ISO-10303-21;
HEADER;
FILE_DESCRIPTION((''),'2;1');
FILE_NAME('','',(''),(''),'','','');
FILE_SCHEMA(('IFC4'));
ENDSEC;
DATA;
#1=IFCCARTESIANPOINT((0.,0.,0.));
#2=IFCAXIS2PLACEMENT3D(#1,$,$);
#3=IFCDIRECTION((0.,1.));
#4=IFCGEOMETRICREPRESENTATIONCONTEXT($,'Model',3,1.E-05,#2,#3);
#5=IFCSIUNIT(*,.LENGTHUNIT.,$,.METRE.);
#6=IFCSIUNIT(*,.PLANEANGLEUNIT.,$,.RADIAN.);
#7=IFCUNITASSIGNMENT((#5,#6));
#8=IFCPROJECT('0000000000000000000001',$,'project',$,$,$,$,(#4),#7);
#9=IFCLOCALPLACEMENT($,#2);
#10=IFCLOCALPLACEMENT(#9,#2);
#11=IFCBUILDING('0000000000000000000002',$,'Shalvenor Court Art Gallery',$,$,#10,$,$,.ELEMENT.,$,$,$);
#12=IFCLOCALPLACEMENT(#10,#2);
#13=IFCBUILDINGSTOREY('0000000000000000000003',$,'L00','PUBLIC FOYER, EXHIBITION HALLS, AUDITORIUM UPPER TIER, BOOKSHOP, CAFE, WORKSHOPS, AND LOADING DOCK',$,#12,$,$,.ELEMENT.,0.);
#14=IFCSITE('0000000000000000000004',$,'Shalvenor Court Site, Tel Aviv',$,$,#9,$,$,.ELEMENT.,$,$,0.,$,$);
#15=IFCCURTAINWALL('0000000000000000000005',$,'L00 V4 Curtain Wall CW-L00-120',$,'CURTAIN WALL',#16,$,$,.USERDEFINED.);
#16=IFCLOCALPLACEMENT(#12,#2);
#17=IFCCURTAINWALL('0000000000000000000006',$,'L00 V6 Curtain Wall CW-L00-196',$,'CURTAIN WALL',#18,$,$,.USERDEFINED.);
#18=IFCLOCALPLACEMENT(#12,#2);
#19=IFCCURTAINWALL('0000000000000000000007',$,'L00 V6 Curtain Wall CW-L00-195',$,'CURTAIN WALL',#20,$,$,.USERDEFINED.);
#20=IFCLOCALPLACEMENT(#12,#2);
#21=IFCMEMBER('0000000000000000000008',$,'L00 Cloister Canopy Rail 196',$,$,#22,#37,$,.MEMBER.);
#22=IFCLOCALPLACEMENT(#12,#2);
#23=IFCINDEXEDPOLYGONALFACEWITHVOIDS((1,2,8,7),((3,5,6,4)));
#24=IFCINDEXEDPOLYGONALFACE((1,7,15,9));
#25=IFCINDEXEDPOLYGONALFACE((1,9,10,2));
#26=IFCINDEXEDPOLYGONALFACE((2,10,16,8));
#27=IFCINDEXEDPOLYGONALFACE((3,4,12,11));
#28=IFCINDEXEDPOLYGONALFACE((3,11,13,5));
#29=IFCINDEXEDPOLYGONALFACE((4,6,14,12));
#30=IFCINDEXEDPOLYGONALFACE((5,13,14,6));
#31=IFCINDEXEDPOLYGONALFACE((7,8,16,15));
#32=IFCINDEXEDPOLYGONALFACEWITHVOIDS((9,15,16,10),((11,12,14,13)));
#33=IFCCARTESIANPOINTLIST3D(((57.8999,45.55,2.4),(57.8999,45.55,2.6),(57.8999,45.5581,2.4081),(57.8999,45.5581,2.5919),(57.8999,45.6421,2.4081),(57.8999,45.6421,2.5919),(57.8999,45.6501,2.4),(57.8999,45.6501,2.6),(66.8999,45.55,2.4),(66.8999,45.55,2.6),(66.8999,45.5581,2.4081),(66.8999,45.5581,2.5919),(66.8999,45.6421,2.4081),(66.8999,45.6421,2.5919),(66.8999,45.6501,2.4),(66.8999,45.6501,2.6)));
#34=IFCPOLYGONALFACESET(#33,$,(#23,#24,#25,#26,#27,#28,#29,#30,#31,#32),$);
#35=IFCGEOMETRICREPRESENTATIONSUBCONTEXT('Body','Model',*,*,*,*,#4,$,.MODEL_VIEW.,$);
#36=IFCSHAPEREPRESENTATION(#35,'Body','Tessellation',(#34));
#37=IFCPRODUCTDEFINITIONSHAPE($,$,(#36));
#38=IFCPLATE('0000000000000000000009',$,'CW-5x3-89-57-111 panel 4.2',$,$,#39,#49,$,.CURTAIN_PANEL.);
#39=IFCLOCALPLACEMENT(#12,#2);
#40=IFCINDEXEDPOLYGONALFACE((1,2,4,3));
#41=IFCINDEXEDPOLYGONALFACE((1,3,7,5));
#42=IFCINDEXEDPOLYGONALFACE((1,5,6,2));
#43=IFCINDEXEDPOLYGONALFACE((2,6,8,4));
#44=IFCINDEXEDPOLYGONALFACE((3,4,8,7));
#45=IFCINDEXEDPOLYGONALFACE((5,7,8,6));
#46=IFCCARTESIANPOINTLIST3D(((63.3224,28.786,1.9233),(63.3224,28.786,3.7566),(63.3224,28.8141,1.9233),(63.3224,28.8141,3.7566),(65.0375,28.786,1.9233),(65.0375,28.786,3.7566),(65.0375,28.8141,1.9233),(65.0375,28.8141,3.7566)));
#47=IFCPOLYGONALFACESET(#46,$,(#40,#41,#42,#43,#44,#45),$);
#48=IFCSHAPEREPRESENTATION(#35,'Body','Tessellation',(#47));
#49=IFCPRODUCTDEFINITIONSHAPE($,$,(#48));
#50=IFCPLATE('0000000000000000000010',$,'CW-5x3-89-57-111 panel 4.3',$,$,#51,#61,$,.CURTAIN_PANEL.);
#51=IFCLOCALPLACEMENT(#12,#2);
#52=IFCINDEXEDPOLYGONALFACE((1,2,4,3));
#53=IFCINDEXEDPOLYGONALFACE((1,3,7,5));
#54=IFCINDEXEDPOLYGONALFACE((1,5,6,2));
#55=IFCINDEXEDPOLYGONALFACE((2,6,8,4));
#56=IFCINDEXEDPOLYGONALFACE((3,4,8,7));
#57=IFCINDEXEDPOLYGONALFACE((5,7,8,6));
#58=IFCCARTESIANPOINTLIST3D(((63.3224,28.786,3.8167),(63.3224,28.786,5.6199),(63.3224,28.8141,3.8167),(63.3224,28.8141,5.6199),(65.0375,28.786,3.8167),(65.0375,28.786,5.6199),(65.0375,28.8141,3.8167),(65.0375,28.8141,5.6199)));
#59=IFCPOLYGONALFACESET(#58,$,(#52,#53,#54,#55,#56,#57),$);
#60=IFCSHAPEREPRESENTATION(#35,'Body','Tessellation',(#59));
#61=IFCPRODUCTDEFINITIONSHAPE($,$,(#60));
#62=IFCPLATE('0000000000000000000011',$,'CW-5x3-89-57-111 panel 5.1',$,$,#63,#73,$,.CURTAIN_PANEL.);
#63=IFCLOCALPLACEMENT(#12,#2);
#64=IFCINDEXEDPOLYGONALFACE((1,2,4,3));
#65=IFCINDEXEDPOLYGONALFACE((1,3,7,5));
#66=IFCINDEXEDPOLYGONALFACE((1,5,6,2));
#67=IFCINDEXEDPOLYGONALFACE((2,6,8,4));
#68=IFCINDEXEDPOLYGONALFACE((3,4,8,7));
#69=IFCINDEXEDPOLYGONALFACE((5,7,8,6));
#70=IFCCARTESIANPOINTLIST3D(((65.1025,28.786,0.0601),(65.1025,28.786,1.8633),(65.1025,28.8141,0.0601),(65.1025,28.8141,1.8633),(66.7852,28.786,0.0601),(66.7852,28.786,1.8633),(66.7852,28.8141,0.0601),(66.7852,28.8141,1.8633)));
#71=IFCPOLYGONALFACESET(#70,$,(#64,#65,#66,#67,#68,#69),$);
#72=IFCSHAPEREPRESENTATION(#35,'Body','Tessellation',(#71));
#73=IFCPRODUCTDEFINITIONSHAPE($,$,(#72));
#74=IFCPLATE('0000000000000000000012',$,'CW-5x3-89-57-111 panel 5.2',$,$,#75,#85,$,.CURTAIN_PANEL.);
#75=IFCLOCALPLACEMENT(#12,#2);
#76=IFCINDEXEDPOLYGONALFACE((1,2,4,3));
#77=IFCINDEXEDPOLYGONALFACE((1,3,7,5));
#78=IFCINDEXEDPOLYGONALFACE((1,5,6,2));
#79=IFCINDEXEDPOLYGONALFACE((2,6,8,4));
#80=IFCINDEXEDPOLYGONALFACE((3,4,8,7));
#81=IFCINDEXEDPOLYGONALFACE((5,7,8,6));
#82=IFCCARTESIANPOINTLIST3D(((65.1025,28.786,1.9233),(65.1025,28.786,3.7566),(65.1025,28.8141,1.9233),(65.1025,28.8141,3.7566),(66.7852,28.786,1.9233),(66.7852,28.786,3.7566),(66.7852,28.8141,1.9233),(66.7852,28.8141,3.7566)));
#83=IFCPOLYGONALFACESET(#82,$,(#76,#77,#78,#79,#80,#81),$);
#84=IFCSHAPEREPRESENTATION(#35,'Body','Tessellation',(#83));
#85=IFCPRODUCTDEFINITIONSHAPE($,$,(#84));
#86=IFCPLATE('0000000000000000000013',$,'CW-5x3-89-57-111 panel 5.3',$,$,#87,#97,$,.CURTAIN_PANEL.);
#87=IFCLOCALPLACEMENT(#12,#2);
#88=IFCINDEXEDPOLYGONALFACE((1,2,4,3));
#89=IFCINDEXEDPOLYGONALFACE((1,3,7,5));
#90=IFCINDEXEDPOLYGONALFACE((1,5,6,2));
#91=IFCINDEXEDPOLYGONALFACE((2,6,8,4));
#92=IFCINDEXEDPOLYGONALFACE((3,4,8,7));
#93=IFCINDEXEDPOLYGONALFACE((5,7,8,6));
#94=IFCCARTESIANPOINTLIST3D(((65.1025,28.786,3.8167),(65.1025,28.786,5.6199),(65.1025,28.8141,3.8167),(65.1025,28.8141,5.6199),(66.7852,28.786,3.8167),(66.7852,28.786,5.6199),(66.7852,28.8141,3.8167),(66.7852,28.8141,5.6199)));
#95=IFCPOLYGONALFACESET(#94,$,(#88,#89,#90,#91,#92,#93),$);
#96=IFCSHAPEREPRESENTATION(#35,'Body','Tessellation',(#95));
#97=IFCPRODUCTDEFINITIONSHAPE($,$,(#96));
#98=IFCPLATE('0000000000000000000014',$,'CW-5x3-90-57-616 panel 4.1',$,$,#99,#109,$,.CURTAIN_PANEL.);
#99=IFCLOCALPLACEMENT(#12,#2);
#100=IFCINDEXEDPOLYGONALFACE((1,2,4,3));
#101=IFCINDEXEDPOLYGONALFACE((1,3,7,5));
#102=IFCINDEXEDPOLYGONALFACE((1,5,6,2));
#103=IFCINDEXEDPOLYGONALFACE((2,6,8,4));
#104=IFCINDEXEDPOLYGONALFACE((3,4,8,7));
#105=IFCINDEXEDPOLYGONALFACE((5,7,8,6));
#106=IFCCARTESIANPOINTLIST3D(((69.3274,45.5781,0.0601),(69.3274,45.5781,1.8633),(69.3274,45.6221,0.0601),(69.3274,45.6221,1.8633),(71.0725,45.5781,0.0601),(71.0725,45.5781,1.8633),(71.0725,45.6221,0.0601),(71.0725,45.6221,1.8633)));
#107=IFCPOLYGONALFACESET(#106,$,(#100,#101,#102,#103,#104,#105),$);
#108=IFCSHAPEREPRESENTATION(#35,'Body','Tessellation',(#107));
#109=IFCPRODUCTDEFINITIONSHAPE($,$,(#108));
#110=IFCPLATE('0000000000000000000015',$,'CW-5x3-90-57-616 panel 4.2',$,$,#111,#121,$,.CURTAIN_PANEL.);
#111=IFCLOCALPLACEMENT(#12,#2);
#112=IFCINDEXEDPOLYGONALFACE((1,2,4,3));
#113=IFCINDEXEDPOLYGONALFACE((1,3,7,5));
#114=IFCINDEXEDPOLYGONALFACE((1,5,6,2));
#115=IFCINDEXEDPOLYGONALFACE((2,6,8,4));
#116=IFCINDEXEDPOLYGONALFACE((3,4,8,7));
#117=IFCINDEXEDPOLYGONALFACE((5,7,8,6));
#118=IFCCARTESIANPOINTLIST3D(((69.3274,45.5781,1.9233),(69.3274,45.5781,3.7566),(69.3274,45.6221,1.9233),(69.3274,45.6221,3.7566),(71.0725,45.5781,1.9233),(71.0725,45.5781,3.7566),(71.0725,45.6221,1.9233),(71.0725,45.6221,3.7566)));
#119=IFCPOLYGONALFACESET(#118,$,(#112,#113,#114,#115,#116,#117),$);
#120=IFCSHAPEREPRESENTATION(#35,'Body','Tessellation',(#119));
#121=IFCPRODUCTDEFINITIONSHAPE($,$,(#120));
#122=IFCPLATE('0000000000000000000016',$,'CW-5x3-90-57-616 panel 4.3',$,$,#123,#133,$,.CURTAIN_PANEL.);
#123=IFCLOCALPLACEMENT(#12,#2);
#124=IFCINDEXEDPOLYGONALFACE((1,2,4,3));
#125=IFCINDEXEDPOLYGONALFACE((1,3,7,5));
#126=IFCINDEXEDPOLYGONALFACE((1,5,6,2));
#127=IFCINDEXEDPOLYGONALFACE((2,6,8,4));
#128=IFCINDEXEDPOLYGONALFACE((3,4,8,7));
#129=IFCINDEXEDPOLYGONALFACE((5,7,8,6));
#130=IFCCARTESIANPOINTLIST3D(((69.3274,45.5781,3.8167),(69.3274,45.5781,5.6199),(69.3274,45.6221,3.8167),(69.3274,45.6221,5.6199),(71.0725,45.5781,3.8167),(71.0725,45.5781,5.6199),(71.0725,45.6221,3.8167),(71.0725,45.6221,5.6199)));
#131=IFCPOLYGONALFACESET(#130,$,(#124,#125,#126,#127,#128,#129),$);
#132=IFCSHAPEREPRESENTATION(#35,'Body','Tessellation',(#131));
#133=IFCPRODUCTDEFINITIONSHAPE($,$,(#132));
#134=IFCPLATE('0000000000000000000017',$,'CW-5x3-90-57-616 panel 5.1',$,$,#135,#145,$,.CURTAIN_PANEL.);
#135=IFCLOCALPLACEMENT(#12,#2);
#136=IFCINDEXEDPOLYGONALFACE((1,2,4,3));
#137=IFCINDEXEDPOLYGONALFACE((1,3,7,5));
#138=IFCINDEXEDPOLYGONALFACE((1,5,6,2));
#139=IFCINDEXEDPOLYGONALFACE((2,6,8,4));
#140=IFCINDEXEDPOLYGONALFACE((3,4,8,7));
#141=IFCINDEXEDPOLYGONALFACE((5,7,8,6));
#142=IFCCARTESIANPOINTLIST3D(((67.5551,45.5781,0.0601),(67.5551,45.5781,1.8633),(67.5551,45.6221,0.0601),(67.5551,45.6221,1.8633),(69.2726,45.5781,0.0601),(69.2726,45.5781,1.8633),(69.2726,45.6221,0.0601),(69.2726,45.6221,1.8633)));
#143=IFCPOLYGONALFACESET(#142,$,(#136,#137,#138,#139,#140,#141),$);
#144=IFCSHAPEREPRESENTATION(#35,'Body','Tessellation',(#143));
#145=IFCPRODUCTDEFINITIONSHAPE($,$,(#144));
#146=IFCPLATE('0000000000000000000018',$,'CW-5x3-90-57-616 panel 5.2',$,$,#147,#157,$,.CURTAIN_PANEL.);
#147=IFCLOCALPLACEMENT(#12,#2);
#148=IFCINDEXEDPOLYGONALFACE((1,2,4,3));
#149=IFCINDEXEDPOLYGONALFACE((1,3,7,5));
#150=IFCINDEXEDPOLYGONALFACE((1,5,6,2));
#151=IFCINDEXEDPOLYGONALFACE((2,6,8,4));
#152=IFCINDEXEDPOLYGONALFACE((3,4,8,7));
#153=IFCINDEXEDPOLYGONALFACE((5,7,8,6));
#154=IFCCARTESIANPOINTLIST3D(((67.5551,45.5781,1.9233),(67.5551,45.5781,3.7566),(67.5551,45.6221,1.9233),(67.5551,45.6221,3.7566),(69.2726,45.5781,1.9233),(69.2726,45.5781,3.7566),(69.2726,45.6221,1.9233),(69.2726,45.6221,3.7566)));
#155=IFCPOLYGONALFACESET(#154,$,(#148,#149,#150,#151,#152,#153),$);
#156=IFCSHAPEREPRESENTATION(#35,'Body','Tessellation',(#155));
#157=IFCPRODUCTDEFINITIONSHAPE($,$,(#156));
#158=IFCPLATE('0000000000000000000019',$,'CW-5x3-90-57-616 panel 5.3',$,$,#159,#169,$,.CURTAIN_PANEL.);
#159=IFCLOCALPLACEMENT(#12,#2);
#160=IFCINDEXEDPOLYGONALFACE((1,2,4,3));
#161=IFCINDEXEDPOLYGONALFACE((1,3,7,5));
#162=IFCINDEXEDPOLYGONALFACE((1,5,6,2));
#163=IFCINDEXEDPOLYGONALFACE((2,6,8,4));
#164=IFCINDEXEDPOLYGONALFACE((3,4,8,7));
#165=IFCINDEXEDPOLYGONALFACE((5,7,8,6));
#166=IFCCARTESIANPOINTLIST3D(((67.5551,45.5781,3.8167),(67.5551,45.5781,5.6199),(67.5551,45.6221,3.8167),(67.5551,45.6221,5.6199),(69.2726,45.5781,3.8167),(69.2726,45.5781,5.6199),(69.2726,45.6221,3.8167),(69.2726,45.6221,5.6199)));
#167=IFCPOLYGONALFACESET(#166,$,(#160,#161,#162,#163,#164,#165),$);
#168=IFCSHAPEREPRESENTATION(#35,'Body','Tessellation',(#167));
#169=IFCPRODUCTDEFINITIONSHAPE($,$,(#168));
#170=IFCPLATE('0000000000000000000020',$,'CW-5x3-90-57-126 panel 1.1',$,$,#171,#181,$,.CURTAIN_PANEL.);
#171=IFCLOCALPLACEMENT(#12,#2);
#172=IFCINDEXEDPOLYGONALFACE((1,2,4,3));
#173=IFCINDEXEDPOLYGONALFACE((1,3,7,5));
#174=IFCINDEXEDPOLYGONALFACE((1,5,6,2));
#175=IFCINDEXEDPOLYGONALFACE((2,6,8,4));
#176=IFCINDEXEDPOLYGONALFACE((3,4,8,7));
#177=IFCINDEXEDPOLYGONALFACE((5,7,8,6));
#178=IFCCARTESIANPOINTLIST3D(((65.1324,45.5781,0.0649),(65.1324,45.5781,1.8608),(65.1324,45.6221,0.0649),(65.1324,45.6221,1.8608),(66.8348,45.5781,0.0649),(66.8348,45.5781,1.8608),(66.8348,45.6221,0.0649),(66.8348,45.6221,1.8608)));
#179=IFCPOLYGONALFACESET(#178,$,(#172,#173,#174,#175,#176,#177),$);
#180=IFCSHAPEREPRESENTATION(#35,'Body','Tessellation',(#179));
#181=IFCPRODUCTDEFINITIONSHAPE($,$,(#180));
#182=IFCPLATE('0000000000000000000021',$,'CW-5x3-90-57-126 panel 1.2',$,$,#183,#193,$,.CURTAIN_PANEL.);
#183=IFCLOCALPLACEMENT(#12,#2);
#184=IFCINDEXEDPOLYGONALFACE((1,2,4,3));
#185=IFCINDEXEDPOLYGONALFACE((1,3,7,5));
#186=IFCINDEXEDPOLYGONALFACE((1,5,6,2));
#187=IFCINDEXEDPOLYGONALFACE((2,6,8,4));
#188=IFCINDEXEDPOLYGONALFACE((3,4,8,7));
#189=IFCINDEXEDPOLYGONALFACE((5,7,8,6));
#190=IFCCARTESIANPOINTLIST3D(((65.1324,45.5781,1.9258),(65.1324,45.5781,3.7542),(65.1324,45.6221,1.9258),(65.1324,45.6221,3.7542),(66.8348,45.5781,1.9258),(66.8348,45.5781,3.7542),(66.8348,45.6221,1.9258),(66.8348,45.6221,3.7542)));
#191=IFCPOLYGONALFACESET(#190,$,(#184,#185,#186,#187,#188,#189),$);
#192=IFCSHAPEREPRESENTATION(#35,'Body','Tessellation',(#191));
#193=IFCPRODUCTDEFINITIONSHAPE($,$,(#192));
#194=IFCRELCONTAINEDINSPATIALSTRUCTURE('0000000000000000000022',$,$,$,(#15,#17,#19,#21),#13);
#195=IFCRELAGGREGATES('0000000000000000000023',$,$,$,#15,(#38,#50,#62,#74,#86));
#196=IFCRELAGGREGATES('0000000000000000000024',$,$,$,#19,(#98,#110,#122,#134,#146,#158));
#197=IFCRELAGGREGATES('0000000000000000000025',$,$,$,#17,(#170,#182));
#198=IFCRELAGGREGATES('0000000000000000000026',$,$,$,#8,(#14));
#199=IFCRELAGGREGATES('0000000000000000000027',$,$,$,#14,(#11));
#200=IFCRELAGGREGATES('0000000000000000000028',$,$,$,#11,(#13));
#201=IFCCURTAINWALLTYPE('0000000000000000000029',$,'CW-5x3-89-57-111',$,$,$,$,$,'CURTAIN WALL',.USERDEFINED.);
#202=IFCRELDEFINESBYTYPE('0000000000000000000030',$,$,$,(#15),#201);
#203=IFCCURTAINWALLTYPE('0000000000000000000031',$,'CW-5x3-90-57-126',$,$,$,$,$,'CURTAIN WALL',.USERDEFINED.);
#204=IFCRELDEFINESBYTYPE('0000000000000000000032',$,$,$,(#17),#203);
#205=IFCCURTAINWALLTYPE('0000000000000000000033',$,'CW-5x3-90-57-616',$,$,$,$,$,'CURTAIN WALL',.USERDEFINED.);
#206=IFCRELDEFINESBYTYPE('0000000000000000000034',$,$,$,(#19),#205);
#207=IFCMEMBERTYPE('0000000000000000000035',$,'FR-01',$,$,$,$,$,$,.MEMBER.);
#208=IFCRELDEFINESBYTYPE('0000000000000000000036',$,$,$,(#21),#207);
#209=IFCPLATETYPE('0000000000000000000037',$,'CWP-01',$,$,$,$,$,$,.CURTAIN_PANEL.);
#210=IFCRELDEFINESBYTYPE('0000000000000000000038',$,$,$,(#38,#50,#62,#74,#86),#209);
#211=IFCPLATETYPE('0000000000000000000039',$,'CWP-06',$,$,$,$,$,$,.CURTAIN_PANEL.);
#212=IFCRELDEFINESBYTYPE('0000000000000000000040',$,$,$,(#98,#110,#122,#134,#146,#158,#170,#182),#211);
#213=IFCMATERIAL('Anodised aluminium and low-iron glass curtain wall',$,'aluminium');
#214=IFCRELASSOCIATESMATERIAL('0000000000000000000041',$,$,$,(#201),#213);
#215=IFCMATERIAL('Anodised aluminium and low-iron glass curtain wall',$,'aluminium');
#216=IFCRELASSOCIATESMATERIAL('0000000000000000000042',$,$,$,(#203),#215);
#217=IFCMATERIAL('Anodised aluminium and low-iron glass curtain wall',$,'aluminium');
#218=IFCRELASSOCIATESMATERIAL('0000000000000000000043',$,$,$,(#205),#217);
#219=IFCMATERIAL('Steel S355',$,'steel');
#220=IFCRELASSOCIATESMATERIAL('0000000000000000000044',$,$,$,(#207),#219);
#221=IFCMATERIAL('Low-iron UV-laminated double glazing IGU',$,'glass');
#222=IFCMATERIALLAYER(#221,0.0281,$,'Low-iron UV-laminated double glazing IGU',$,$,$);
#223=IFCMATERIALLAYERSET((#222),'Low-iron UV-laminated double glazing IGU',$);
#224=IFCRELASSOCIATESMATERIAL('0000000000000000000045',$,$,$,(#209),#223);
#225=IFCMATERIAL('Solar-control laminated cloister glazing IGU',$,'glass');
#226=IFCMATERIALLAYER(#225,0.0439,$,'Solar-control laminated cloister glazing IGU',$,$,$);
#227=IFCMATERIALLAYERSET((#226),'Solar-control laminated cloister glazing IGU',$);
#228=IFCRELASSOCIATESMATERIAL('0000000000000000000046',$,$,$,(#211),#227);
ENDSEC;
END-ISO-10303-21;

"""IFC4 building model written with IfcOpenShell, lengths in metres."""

from ifc_helpers import new_model, si_unit, direction, frame, origin, origin_2d, place, context, subcontext, project, spatial, rectangle, hollow_rectangle, extrude, material, layer, layer_set, material_profile, profile_set, type_object, element, aggregate, save


model = new_model("IFC4")

# Units and contexts
model_context = context("Model", 3, precision=1e-05, world=origin(), true_north=direction((0.0, 1.0)))
body_context = subcontext(model_context, "Body", "Model", "MODEL_VIEW")
ifc_project = project(units=[si_unit("LENGTHUNIT", "METRE"), si_unit("PLANEANGLEUNIT", "RADIAN")], contexts=[model_context])

# Site, building, storey
site_placement = place(None, origin())
site = spatial("IfcSite", under=ifc_project, at=site_placement, Name="Shalvenor Court Site, Tel Aviv", CompositionType="ELEMENT", RefElevation=0.0)
building_placement = place(site_placement, origin())
building = spatial("IfcBuilding", under=site, at=building_placement, Name="Shalvenor Court Art Gallery", CompositionType="ELEMENT")
storey_placement = place(building_placement, origin())
storey = spatial("IfcBuildingStorey", under=building, at=storey_placement, Name="L00", Description="PUBLIC FOYER, EXHIBITION HALLS, AUDITORIUM UPPER TIER, BOOKSHOP, CAFE, WORKSHOPS, AND LOADING DOCK", CompositionType="ELEMENT", Elevation=0.0)

# Curtain walls
ifc_material_1 = material(Name="Anodised aluminium and low-iron glass curtain wall", Category="aluminium")
curtain_wall_type_1 = type_object("IfcCurtainWallType", Name="CW-5x3-89-57-111", ElementType="CURTAIN WALL", PredefinedType="USERDEFINED", material=ifc_material_1)
curtain_wall_1_placement = place(storey_placement, origin())
curtain_wall_1 = element("IfcCurtainWall", 1, at=curtain_wall_1_placement, inside=storey, type_object=curtain_wall_type_1, Name="L00 V4 Curtain Wall CW-L00-120", ObjectType="CURTAIN WALL", PredefinedType="USERDEFINED")
ifc_material_2 = material(Name="Anodised aluminium and low-iron glass curtain wall", Category="aluminium")
curtain_wall_type_2 = type_object("IfcCurtainWallType", Name="CW-5x3-90-57-126", ElementType="CURTAIN WALL", PredefinedType="USERDEFINED", material=ifc_material_2)
curtain_wall_2_placement = place(storey_placement, origin())
curtain_wall_2 = element("IfcCurtainWall", 2, at=curtain_wall_2_placement, inside=storey, type_object=curtain_wall_type_2, Name="L00 V6 Curtain Wall CW-L00-196", ObjectType="CURTAIN WALL", PredefinedType="USERDEFINED")
ifc_material_3 = material(Name="Anodised aluminium and low-iron glass curtain wall", Category="aluminium")
curtain_wall_type_3 = type_object("IfcCurtainWallType", Name="CW-5x3-90-57-616", ElementType="CURTAIN WALL", PredefinedType="USERDEFINED", material=ifc_material_3)
curtain_wall_3_placement = place(storey_placement, origin())
curtain_wall_3 = element("IfcCurtainWall", 3, at=curtain_wall_3_placement, inside=storey, type_object=curtain_wall_type_3, Name="L00 V6 Curtain Wall CW-L00-195", ObjectType="CURTAIN WALL", PredefinedType="USERDEFINED")

# Member
ifc_material_4 = material(Name="Steel S355", Category="steel")
ifc_material_profile_1 = material_profile(ifc_material_4, hollow_rectangle(XDim=0.1001, YDim=0.2, WallThickness=0.0081, at=origin_2d()), Name="RHS 200x100x8.0")
ifc_profile_set_1 = profile_set([ifc_material_profile_1], Name="Steel S355")
member_type_1 = type_object("IfcMemberType", Name="FR-01", PredefinedType="MEMBER", material=ifc_profile_set_1)
member_1_placement = place(storey_placement, frame((66.8999, 45.6001, 2.5), z_axis=(-1.0, 0.0, 0.0), x_axis=(0.0, -1.0, 0.0)))
element("IfcMember", 4, at=member_1_placement, inside=storey, type_object=member_type_1, Name="L00 Cloister Canopy Rail 196", PredefinedType="MEMBER", context=body_context, shape_type="SweptSolid", body=[
    extrude(hollow_rectangle(XDim=0.1001, YDim=0.2, WallThickness=0.0081, at=origin_2d()), origin(), (0.0, 0.0, 1.0), 9.0),
])

# Plates
ifc_material_5 = material(Name="Low-iron UV-laminated double glazing IGU", Category="glass")
ifc_layer_1 = layer(ifc_material_5, 0.0281, Name="Low-iron UV-laminated double glazing IGU")
ifc_layer_set_1 = layer_set([ifc_layer_1], Name="Low-iron UV-laminated double glazing IGU")
plate_type_1 = type_object("IfcPlateType", Name="CWP-01", PredefinedType="CURTAIN_PANEL", material=ifc_layer_set_1)
plate_1_placement = place(storey_placement, frame((64.1799, 28.8, 1.9233), z_axis=(0.0, 0.0, 1.0), x_axis=(1.0, 0.0, 0.0)))
plate_1 = element("IfcPlate", 5, at=plate_1_placement, type_object=plate_type_1, Name="CW-5x3-89-57-111 panel 4.2", PredefinedType="CURTAIN_PANEL", context=body_context, shape_type="SweptSolid", body=[
    extrude(rectangle(XDim=1.7151, YDim=0.0281, at=origin_2d()), origin(), (0.0, 0.0, 1.0), 1.8333),
])
plate_2_placement = place(storey_placement, frame((64.1799, 28.8, 3.8167), z_axis=(0.0, 0.0, 1.0), x_axis=(1.0, 0.0, 0.0)))
plate_2 = element("IfcPlate", 6, at=plate_2_placement, type_object=plate_type_1, Name="CW-5x3-89-57-111 panel 4.3", PredefinedType="CURTAIN_PANEL", context=body_context, shape_type="SweptSolid", body=[
    extrude(rectangle(XDim=1.7151, YDim=0.0281, at=origin_2d()), origin(), (0.0, 0.0, 1.0), 1.8032),
])
plate_3_placement = place(storey_placement, frame((65.9438, 28.8, 0.0601), z_axis=(0.0, 0.0, 1.0), x_axis=(1.0, 0.0, 0.0)))
plate_3 = element("IfcPlate", 7, at=plate_3_placement, type_object=plate_type_1, Name="CW-5x3-89-57-111 panel 5.1", PredefinedType="CURTAIN_PANEL", context=body_context, shape_type="SweptSolid", body=[
    extrude(rectangle(XDim=1.6826, YDim=0.0281, at=origin_2d()), origin(), (0.0, 0.0, 1.0), 1.8032),
])
plate_4_placement = place(storey_placement, frame((65.9438, 28.8, 1.9233), z_axis=(0.0, 0.0, 1.0), x_axis=(1.0, 0.0, 0.0)))
plate_4 = element("IfcPlate", 8, at=plate_4_placement, type_object=plate_type_1, Name="CW-5x3-89-57-111 panel 5.2", PredefinedType="CURTAIN_PANEL", context=body_context, shape_type="SweptSolid", body=[
    extrude(rectangle(XDim=1.6826, YDim=0.0281, at=origin_2d()), origin(), (0.0, 0.0, 1.0), 1.8333),
])
plate_5_placement = place(storey_placement, frame((65.9438, 28.8, 3.8167), z_axis=(0.0, 0.0, 1.0), x_axis=(1.0, 0.0, 0.0)))
plate_5 = element("IfcPlate", 9, at=plate_5_placement, type_object=plate_type_1, Name="CW-5x3-89-57-111 panel 5.3", PredefinedType="CURTAIN_PANEL", context=body_context, shape_type="SweptSolid", body=[
    extrude(rectangle(XDim=1.6826, YDim=0.0281, at=origin_2d()), origin(), (0.0, 0.0, 1.0), 1.8032),
])
aggregate(curtain_wall_1, [plate_1, plate_2, plate_3, plate_4, plate_5])
ifc_material_6 = material(Name="Solar-control laminated cloister glazing IGU", Category="glass")
ifc_layer_2 = layer(ifc_material_6, 0.0439, Name="Solar-control laminated cloister glazing IGU")
ifc_layer_set_2 = layer_set([ifc_layer_2], Name="Solar-control laminated cloister glazing IGU")
plate_type_2 = type_object("IfcPlateType", Name="CWP-06", PredefinedType="CURTAIN_PANEL", material=ifc_layer_set_2)
plate_6_placement = place(storey_placement, frame((70.2, 45.6001, 0.0601), z_axis=(0.0, 0.0, 1.0), x_axis=(-1.0, 0.0, 0.0)))
plate_6 = element("IfcPlate", 10, at=plate_6_placement, type_object=plate_type_2, Name="CW-5x3-90-57-616 panel 4.1", PredefinedType="CURTAIN_PANEL", context=body_context, shape_type="SweptSolid", body=[
    extrude(rectangle(XDim=1.7451, YDim=0.0439, at=origin_2d()), origin(), (0.0, 0.0, 1.0), 1.8032),
])
plate_7_placement = place(storey_placement, frame((70.2, 45.6001, 1.9233), z_axis=(0.0, 0.0, 1.0), x_axis=(-1.0, 0.0, 0.0)))
plate_7 = element("IfcPlate", 11, at=plate_7_placement, type_object=plate_type_2, Name="CW-5x3-90-57-616 panel 4.2", PredefinedType="CURTAIN_PANEL", context=body_context, shape_type="SweptSolid", body=[
    extrude(rectangle(XDim=1.7451, YDim=0.0439, at=origin_2d()), origin(), (0.0, 0.0, 1.0), 1.8333),
])
plate_8_placement = place(storey_placement, frame((70.2, 45.6001, 3.8167), z_axis=(0.0, 0.0, 1.0), x_axis=(-1.0, 0.0, 0.0)))
plate_8 = element("IfcPlate", 12, at=plate_8_placement, type_object=plate_type_2, Name="CW-5x3-90-57-616 panel 4.3", PredefinedType="CURTAIN_PANEL", context=body_context, shape_type="SweptSolid", body=[
    extrude(rectangle(XDim=1.7451, YDim=0.0439, at=origin_2d()), origin(), (0.0, 0.0, 1.0), 1.8032),
])
plate_9_placement = place(storey_placement, frame((68.4138, 45.6001, 0.0601), z_axis=(0.0, 0.0, 1.0), x_axis=(-1.0, 0.0, 0.0)))
plate_9 = element("IfcPlate", 13, at=plate_9_placement, type_object=plate_type_2, Name="CW-5x3-90-57-616 panel 5.1", PredefinedType="CURTAIN_PANEL", context=body_context, shape_type="SweptSolid", body=[
    extrude(rectangle(XDim=1.7175, YDim=0.0439, at=origin_2d()), origin(), (0.0, 0.0, 1.0), 1.8032),
])
plate_10_placement = place(storey_placement, frame((68.4138, 45.6001, 1.9233), z_axis=(0.0, 0.0, 1.0), x_axis=(-1.0, 0.0, 0.0)))
plate_10 = element("IfcPlate", 14, at=plate_10_placement, type_object=plate_type_2, Name="CW-5x3-90-57-616 panel 5.2", PredefinedType="CURTAIN_PANEL", context=body_context, shape_type="SweptSolid", body=[
    extrude(rectangle(XDim=1.7175, YDim=0.0439, at=origin_2d()), origin(), (0.0, 0.0, 1.0), 1.8333),
])
plate_11_placement = place(storey_placement, frame((68.4138, 45.6001, 3.8167), z_axis=(0.0, 0.0, 1.0), x_axis=(-1.0, 0.0, 0.0)))
plate_11 = element("IfcPlate", 15, at=plate_11_placement, type_object=plate_type_2, Name="CW-5x3-90-57-616 panel 5.3", PredefinedType="CURTAIN_PANEL", context=body_context, shape_type="SweptSolid", body=[
    extrude(rectangle(XDim=1.7175, YDim=0.0439, at=origin_2d()), origin(), (0.0, 0.0, 1.0), 1.8032),
])
aggregate(curtain_wall_3, [plate_6, plate_7, plate_8, plate_9, plate_10, plate_11])
plate_12_placement = place(storey_placement, frame((65.9836, 45.6001, 0.0649), z_axis=(0.0, 0.0, 1.0), x_axis=(-1.0, 0.0, 0.0)))
plate_12 = element("IfcPlate", 16, at=plate_12_placement, type_object=plate_type_2, Name="CW-5x3-90-57-126 panel 1.1", PredefinedType="CURTAIN_PANEL", context=body_context, shape_type="SweptSolid", body=[
    extrude(rectangle(XDim=1.7024, YDim=0.0439, at=origin_2d()), origin(), (0.0, 0.0, 1.0), 1.7959),
])
plate_13_placement = place(storey_placement, frame((65.9836, 45.6001, 1.9258), z_axis=(0.0, 0.0, 1.0), x_axis=(-1.0, 0.0, 0.0)))
plate_13 = element("IfcPlate", 17, at=plate_13_placement, type_object=plate_type_2, Name="CW-5x3-90-57-126 panel 1.2", PredefinedType="CURTAIN_PANEL", context=body_context, shape_type="SweptSolid", body=[
    extrude(rectangle(XDim=1.7024, YDim=0.0439, at=origin_2d()), origin(), (0.0, 0.0, 1.0), 1.8284),
])
aggregate(curtain_wall_2, [plate_12, plate_13])

save(model, "model.ifc")
